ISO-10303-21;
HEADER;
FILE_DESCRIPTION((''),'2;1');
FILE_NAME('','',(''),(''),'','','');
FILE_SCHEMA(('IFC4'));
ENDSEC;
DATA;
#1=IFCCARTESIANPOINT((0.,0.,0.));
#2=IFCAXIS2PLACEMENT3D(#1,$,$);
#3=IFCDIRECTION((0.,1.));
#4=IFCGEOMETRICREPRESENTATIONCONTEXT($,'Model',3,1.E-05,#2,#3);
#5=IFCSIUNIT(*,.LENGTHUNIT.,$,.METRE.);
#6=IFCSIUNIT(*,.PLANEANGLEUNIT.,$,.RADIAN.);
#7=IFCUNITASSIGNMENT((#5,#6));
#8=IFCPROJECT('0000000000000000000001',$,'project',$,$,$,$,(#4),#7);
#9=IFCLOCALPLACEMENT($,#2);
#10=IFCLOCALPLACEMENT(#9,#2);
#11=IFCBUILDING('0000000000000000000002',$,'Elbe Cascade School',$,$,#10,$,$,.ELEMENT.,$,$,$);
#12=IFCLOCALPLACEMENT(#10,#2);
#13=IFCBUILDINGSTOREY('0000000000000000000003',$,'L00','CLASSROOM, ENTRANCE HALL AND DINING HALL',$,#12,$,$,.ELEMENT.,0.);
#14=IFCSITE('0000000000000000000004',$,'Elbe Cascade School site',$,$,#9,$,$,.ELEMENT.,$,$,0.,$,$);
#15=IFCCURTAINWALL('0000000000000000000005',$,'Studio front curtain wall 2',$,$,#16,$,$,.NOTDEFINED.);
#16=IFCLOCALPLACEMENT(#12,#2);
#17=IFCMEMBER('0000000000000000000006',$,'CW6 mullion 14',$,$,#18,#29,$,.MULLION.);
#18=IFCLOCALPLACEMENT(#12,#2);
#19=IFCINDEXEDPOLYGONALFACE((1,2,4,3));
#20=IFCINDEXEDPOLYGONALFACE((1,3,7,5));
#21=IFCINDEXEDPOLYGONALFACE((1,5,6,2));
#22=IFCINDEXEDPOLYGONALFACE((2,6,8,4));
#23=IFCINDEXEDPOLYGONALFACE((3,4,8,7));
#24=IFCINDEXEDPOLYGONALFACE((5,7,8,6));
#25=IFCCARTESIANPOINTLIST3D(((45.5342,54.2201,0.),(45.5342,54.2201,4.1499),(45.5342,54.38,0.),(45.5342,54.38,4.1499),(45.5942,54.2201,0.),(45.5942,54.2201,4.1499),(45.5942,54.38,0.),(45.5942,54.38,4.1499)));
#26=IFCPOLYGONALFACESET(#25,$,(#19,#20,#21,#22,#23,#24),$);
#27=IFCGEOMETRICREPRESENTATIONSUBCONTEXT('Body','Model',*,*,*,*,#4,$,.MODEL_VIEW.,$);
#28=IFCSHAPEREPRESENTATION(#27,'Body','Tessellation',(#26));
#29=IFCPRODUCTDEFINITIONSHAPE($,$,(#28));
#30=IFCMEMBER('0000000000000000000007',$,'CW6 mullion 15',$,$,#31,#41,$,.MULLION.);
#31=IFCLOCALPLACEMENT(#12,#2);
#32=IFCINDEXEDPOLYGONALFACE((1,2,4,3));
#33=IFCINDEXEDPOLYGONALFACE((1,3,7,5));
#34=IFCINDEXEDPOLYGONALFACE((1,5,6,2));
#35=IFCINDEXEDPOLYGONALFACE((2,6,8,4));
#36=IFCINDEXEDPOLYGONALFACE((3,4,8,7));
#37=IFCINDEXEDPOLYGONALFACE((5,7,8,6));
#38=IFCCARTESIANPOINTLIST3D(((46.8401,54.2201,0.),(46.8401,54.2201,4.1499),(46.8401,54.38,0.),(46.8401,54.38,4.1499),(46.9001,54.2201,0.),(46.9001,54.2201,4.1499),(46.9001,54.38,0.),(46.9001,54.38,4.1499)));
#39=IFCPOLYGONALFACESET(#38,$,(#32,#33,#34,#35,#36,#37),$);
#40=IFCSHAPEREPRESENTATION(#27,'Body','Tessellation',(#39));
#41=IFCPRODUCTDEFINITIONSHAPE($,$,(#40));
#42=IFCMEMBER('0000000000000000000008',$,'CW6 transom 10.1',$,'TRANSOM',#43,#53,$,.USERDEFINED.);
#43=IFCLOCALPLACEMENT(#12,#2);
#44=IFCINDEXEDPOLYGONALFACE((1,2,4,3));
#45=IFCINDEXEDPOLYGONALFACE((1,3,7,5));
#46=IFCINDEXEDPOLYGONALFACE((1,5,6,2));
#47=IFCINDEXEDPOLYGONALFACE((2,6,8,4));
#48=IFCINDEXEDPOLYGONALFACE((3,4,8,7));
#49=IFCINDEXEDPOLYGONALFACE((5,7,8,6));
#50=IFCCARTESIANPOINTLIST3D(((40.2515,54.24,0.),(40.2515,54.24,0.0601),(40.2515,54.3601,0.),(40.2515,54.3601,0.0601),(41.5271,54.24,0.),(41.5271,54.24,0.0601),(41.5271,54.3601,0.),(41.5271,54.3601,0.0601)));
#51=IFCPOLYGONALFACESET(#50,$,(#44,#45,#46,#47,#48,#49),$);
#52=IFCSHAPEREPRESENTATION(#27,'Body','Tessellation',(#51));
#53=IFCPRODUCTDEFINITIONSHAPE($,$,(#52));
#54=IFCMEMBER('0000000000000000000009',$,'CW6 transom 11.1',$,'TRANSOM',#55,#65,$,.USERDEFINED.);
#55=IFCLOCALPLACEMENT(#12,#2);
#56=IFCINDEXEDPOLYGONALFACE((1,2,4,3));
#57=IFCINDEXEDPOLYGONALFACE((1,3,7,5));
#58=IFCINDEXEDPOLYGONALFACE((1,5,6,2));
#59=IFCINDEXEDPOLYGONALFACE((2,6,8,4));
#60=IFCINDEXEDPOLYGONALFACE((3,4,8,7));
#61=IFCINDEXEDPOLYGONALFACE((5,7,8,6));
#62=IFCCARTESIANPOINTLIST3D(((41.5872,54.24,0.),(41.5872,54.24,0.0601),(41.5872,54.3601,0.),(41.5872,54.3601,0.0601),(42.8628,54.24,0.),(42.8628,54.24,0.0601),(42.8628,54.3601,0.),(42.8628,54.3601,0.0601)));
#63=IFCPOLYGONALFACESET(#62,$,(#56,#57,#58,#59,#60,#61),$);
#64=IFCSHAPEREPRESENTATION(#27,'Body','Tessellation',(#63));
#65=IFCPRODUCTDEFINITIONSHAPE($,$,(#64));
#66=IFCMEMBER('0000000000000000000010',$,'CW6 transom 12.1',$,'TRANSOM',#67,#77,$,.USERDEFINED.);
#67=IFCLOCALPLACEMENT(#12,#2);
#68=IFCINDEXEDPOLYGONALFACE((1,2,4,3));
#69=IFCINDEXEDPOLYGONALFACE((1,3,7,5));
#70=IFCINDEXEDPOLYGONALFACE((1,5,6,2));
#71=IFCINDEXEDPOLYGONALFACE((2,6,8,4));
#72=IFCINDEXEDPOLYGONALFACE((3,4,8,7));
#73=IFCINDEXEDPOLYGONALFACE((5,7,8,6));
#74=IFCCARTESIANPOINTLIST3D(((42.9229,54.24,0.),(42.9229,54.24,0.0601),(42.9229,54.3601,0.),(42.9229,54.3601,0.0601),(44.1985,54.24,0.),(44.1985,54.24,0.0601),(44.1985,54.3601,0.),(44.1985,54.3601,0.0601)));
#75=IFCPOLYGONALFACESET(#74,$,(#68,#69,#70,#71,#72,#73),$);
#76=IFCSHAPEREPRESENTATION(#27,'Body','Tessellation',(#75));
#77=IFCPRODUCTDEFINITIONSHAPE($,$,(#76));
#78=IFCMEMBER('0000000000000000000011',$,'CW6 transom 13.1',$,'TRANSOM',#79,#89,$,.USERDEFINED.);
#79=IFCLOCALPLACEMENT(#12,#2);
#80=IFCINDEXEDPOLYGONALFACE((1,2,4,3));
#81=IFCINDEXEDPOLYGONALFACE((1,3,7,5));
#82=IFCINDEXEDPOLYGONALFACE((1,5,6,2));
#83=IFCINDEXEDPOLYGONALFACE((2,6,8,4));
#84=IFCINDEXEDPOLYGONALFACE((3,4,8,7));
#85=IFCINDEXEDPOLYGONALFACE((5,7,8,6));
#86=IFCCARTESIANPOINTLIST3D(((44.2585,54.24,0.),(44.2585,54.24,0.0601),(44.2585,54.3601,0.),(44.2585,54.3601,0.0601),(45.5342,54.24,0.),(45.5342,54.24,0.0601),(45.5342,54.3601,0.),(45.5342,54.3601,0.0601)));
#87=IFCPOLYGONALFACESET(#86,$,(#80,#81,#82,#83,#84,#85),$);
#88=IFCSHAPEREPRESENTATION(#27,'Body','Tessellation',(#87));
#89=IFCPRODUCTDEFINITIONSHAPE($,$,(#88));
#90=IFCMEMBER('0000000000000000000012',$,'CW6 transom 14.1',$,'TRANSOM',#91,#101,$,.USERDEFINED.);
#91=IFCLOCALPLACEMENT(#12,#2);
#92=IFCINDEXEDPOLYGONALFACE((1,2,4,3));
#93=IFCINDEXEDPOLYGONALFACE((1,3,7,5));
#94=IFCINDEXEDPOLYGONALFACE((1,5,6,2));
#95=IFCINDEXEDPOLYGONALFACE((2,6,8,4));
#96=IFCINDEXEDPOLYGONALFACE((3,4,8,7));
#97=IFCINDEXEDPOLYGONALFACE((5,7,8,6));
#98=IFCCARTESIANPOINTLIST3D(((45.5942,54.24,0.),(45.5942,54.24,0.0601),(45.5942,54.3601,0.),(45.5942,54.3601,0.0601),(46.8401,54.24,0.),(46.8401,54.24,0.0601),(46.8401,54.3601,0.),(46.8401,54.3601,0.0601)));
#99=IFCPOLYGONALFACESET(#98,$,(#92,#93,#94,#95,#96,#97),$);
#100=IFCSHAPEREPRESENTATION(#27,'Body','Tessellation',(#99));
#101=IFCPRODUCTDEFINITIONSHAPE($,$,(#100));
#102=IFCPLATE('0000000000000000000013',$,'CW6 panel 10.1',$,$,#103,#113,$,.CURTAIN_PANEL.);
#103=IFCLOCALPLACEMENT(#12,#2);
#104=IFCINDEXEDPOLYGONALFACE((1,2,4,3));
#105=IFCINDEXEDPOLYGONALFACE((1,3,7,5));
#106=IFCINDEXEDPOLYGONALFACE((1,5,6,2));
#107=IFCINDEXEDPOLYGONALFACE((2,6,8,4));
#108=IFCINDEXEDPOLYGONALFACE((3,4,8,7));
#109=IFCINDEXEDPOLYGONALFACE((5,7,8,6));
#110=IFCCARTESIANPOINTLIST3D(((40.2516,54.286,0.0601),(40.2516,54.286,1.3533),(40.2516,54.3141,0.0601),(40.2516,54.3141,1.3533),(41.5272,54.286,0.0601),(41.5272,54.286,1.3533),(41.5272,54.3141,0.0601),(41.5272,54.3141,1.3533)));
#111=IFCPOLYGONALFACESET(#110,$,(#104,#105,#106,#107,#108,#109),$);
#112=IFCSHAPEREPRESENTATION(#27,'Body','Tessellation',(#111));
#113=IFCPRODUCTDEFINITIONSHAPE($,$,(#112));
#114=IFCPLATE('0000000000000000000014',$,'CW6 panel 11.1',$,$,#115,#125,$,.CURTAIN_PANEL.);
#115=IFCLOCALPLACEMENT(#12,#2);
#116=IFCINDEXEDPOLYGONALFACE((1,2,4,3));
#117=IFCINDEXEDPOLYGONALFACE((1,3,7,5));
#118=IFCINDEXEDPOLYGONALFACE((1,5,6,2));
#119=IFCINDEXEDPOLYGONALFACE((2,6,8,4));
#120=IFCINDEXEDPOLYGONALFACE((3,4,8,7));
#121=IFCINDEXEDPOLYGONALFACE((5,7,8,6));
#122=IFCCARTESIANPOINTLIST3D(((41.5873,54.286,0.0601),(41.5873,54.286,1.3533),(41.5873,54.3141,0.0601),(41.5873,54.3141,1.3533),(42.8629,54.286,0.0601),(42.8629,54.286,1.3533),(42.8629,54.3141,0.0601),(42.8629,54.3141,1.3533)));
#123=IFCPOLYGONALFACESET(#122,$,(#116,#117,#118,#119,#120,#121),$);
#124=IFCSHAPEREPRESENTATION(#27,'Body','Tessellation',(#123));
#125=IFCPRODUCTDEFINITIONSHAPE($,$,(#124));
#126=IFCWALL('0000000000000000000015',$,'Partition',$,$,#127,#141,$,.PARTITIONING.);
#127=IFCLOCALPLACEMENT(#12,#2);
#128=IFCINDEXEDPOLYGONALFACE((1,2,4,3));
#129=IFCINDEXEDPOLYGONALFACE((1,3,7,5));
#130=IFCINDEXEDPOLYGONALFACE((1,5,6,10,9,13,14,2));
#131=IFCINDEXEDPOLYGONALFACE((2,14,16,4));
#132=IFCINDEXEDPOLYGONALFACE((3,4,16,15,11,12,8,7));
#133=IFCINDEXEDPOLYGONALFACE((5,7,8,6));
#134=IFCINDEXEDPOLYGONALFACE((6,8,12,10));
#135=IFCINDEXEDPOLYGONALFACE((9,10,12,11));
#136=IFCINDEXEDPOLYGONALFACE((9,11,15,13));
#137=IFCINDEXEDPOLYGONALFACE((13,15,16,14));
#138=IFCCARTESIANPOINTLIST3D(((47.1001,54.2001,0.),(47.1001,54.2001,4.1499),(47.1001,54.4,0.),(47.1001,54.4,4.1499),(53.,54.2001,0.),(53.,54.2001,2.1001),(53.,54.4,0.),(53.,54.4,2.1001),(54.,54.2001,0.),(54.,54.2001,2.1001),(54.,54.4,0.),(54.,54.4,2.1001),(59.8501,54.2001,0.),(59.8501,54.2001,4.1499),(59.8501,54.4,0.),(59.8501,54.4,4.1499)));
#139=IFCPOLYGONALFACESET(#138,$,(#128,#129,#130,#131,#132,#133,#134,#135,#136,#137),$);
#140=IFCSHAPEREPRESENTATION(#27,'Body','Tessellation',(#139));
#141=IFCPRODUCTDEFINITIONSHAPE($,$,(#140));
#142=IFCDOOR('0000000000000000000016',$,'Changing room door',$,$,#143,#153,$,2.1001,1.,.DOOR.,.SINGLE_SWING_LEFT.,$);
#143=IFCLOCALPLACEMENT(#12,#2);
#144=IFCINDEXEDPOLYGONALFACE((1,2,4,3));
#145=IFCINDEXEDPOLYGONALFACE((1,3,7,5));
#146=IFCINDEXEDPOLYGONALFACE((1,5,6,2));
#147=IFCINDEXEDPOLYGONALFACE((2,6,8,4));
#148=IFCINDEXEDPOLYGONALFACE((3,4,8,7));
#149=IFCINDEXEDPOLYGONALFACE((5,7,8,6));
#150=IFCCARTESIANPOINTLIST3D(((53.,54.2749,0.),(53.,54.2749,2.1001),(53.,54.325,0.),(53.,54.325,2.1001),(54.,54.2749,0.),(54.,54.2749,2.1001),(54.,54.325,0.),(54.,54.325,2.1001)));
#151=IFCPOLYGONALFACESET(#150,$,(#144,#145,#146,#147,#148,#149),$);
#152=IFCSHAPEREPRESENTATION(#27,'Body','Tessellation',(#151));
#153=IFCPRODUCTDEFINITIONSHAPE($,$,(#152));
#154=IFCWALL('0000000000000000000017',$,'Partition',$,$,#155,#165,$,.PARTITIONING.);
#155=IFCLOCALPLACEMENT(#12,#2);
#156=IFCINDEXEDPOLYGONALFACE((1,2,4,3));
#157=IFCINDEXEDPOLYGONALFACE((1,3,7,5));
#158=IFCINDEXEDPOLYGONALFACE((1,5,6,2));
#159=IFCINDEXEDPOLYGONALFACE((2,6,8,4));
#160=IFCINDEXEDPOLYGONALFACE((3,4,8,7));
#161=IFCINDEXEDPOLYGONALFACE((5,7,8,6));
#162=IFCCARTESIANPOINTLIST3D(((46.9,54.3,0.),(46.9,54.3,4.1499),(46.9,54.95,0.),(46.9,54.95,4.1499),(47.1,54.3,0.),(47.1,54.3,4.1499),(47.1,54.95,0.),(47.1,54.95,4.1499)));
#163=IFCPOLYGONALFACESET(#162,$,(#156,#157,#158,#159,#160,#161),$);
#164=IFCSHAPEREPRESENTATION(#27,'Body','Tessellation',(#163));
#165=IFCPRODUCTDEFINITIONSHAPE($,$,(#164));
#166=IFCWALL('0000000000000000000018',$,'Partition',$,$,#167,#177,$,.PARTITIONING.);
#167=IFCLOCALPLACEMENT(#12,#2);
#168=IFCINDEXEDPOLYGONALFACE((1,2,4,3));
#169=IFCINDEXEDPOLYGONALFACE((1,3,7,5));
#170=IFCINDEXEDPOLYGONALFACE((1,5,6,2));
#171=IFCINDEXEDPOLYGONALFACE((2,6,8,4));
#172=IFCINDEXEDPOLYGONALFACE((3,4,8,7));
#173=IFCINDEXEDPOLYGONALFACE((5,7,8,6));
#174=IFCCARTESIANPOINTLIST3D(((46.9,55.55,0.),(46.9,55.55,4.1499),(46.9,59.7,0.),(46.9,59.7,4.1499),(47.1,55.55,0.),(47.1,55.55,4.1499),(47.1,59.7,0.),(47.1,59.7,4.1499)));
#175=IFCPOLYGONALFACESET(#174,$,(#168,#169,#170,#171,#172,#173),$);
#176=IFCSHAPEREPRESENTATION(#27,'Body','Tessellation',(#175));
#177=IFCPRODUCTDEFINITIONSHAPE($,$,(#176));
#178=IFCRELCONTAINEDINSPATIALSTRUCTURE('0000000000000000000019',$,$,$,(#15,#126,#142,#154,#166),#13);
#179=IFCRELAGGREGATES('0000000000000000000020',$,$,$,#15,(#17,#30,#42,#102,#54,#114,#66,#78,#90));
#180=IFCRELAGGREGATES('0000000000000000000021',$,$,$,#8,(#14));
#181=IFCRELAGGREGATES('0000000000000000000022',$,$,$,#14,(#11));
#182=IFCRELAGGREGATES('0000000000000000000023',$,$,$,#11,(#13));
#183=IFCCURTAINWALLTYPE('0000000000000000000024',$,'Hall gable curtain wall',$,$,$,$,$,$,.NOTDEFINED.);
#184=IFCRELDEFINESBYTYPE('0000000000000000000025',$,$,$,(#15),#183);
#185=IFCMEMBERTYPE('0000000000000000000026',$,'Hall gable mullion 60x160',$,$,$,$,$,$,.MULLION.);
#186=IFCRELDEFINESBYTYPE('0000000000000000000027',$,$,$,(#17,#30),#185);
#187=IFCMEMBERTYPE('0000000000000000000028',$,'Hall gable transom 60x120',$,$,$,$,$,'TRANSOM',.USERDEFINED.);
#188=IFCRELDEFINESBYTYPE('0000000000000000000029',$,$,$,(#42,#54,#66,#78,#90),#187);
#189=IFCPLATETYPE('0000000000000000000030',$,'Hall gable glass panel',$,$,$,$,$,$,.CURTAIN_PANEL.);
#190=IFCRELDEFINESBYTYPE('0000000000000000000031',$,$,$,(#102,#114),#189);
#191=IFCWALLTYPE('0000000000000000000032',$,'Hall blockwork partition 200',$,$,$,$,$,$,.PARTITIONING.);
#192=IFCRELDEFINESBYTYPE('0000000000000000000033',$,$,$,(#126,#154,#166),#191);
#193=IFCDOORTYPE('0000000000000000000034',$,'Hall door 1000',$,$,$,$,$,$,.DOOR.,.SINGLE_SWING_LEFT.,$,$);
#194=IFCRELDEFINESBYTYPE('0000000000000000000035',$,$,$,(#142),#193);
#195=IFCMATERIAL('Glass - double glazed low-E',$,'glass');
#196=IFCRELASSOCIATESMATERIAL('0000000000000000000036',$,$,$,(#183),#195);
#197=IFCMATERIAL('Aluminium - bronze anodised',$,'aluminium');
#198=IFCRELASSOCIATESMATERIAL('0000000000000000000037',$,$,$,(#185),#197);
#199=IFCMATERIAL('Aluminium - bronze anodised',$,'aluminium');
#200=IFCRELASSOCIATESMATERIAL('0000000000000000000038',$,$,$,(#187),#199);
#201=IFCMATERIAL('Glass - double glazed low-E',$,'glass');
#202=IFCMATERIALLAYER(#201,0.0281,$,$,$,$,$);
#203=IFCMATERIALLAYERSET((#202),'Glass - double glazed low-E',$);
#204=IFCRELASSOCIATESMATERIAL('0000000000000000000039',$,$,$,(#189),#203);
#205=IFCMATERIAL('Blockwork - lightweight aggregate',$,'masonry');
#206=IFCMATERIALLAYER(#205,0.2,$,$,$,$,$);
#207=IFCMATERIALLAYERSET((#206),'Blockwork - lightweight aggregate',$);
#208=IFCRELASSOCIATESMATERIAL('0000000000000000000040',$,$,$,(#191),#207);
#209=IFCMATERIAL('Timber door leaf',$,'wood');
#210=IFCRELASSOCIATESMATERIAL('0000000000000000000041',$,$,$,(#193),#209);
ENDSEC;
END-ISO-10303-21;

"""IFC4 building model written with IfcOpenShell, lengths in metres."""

from ifc_helpers import new_model, si_unit, direction, frame, frame_2d, origin, origin_2d, place, context, subcontext, project, spatial, rectangle, extrude, material, layer, layer_set, material_profile, profile_set, type_object, element, fill, aggregate, save


model = new_model("IFC4")

# Units and contexts
model_context = context("Model", 3, precision=1e-05, world=origin(), true_north=direction((0.0, 1.0)))
body_context = subcontext(model_context, "Body", "Model", "MODEL_VIEW")
ifc_project = project(units=[si_unit("LENGTHUNIT", "METRE"), si_unit("PLANEANGLEUNIT", "RADIAN")], contexts=[model_context])

# Site, building, storey
site_placement = place(None, origin())
site = spatial("IfcSite", under=ifc_project, at=site_placement, Name="Elbe Cascade School site", CompositionType="ELEMENT", RefElevation=0.0)
building_placement = place(site_placement, origin())
building = spatial("IfcBuilding", under=site, at=building_placement, Name="Elbe Cascade School", CompositionType="ELEMENT")
storey_placement = place(building_placement, origin())
storey = spatial("IfcBuildingStorey", under=building, at=storey_placement, Name="L00", Description="CLASSROOM, ENTRANCE HALL AND DINING HALL", CompositionType="ELEMENT", Elevation=0.0)

# Curtain wall, members, plates
ifc_material_1 = material(Name="Glass - double glazed low-E", Category="glass")
curtain_wall_type = type_object("IfcCurtainWallType", Name="Hall gable curtain wall", PredefinedType="NOTDEFINED", material=ifc_material_1)
curtain_wall_placement = place(storey_placement, origin())
curtain_wall = element("IfcCurtainWall", 1, at=curtain_wall_placement, inside=storey, type_object=curtain_wall_type, Name="Studio front curtain wall 2", PredefinedType="NOTDEFINED")
ifc_material_2 = material(Name="Aluminium - bronze anodised", Category="aluminium")
ifc_material_profile_1 = material_profile(ifc_material_2, rectangle(XDim=0.1599, YDim=0.0601, at=origin_2d()), Name="Alu 60x160")
ifc_profile_set_1 = profile_set([ifc_material_profile_1], Name="Aluminium - bronze anodised")
member_type_1 = type_object("IfcMemberType", Name="Hall gable mullion 60x160", PredefinedType="MULLION", material=ifc_profile_set_1)
member_1_placement = place(storey_placement, frame((45.5642, 54.3, 0.0), z_axis=(0.0, 0.0, 1.0), x_axis=(0.0, 1.0, 0.0)))
member_1 = element("IfcMember", 2, at=member_1_placement, type_object=member_type_1, Name="CW6 mullion 14", PredefinedType="MULLION", context=body_context, shape_type="SweptSolid", body=[
    extrude(rectangle(XDim=0.1599, YDim=0.0601, at=origin_2d()), origin(), (0.0, 0.0, 1.0), 4.1499),
])
member_2_placement = place(storey_placement, frame((46.8701, 54.3, 0.0), z_axis=(0.0, 0.0, 1.0), x_axis=(0.0, 1.0, 0.0)))
member_2 = element("IfcMember", 3, at=member_2_placement, type_object=member_type_1, Name="CW6 mullion 15", PredefinedType="MULLION", context=body_context, shape_type="SweptSolid", body=[
    extrude(rectangle(XDim=0.1599, YDim=0.0601, at=origin_2d()), origin(), (0.0, 0.0, 1.0), 4.1499),
])
ifc_material_3 = material(Name="Aluminium - bronze anodised", Category="aluminium")
ifc_material_profile_2 = material_profile(ifc_material_3, rectangle(XDim=0.1201, YDim=0.0601, at=origin_2d()), Name="Alu 60x120")
ifc_profile_set_2 = profile_set([ifc_material_profile_2], Name="Aluminium - bronze anodised")
member_type_2 = type_object("IfcMemberType", Name="Hall gable transom 60x120", ElementType="TRANSOM", PredefinedType="USERDEFINED", material=ifc_profile_set_2)
member_3_placement = place(storey_placement, frame((40.2515, 54.3, 0.03), z_axis=(1.0, 0.0, 0.0), x_axis=(0.0, 1.0, 0.0)))
member_3 = element("IfcMember", 4, at=member_3_placement, type_object=member_type_2, Name="CW6 transom 10.1", ObjectType="TRANSOM", PredefinedType="USERDEFINED", context=body_context, shape_type="SweptSolid", body=[
    extrude(rectangle(XDim=0.1201, YDim=0.0601, at=origin_2d()), origin(), (0.0, 0.0, 1.0), 1.2756),
])
member_4_placement = place(storey_placement, frame((41.5872, 54.3, 0.03), z_axis=(1.0, 0.0, 0.0), x_axis=(0.0, 1.0, 0.0)))
member_4 = element("IfcMember", 5, at=member_4_placement, type_object=member_type_2, Name="CW6 transom 11.1", ObjectType="TRANSOM", PredefinedType="USERDEFINED", context=body_context, shape_type="SweptSolid", body=[
    extrude(rectangle(XDim=0.1201, YDim=0.0601, at=origin_2d()), origin(), (0.0, 0.0, 1.0), 1.2756),
])
member_5_placement = place(storey_placement, frame((42.9229, 54.3, 0.03), z_axis=(1.0, 0.0, 0.0), x_axis=(0.0, 1.0, 0.0)))
member_5 = element("IfcMember", 6, at=member_5_placement, type_object=member_type_2, Name="CW6 transom 12.1", ObjectType="TRANSOM", PredefinedType="USERDEFINED", context=body_context, shape_type="SweptSolid", body=[
    extrude(rectangle(XDim=0.1201, YDim=0.0601, at=origin_2d()), origin(), (0.0, 0.0, 1.0), 1.2756),
])
member_6_placement = place(storey_placement, frame((44.2585, 54.3, 0.03), z_axis=(1.0, 0.0, 0.0), x_axis=(0.0, 1.0, 0.0)))
member_6 = element("IfcMember", 7, at=member_6_placement, type_object=member_type_2, Name="CW6 transom 13.1", ObjectType="TRANSOM", PredefinedType="USERDEFINED", context=body_context, shape_type="SweptSolid", body=[
    extrude(rectangle(XDim=0.1201, YDim=0.0601, at=origin_2d()), origin(), (0.0, 0.0, 1.0), 1.2756),
])
member_7_placement = place(storey_placement, frame((45.5942, 54.3, 0.03), z_axis=(1.0, 0.0, 0.0), x_axis=(0.0, 1.0, 0.0)))
member_7 = element("IfcMember", 8, at=member_7_placement, type_object=member_type_2, Name="CW6 transom 14.1", ObjectType="TRANSOM", PredefinedType="USERDEFINED", context=body_context, shape_type="SweptSolid", body=[
    extrude(rectangle(XDim=0.1201, YDim=0.0601, at=origin_2d()), origin(), (0.0, 0.0, 1.0), 1.2458),
])
ifc_material_4 = material(Name="Glass - double glazed low-E", Category="glass")
ifc_layer_1 = layer(ifc_material_4, 0.0281)
ifc_layer_set_1 = layer_set([ifc_layer_1], Name="Glass - double glazed low-E")
plate_type = type_object("IfcPlateType", Name="Hall gable glass panel", PredefinedType="CURTAIN_PANEL", material=ifc_layer_set_1)
plate_1_placement = place(storey_placement, frame((40.8894, 54.3, 0.0601), z_axis=(0.0, 0.0, 1.0), x_axis=(1.0, 0.0, 0.0)))
plate_1 = element("IfcPlate", 9, at=plate_1_placement, type_object=plate_type, Name="CW6 panel 10.1", PredefinedType="CURTAIN_PANEL", context=body_context, shape_type="SweptSolid", body=[
    extrude(rectangle(XDim=1.2756, YDim=0.0281, at=origin_2d()), origin(), (0.0, 0.0, 1.0), 1.2932),
])
plate_2_placement = place(storey_placement, frame((42.2251, 54.3, 0.0601), z_axis=(0.0, 0.0, 1.0), x_axis=(1.0, 0.0, 0.0)))
plate_2 = element("IfcPlate", 10, at=plate_2_placement, type_object=plate_type, Name="CW6 panel 11.1", PredefinedType="CURTAIN_PANEL", context=body_context, shape_type="SweptSolid", body=[
    extrude(rectangle(XDim=1.2756, YDim=0.0281, at=origin_2d()), origin(), (0.0, 0.0, 1.0), 1.2932),
])
aggregate(curtain_wall, [member_1, member_2, member_3, plate_1, member_4, plate_2, member_5, member_6, member_7])

# Wall, opening, door
ifc_material_5 = material(Name="Blockwork - lightweight aggregate", Category="masonry")
ifc_layer_2 = layer(ifc_material_5, 0.2)
ifc_layer_set_2 = layer_set([ifc_layer_2], Name="Blockwork - lightweight aggregate")
wall_type = type_object("IfcWallType", Name="Hall blockwork partition 200", PredefinedType="PARTITIONING", material=ifc_layer_set_2)
wall_1_placement = place(storey_placement, frame((47.1001, 54.3, 0.0), z_axis=(0.0, 0.0, 1.0), x_axis=(1.0, 0.0, 0.0)))
wall_1 = element("IfcWall", 11, at=wall_1_placement, inside=storey, type_object=wall_type, Name="Partition", PredefinedType="PARTITIONING", context=body_context, shape_type="SweptSolid", body=[
    extrude(rectangle(XDim=12.75, YDim=0.2, at=frame_2d((6.375, 0.0))), origin(), (0.0, 0.0, 1.0), 4.1499),
])
opening_placement = place(wall_1_placement, frame((5.8999, 0.0, 0.0)))
opening = element("IfcOpeningElement", 12, at=opening_placement, cuts=wall_1, PredefinedType="OPENING", context=body_context, shape_type="SweptSolid", body=[
    extrude(rectangle(XDim=1.0, YDim=2.1001, at=frame_2d((0.5, 1.05))), frame((0.0, 0.1099, 0.0), z_axis=(0.0, -1.0, 0.0), x_axis=(1.0, 0.0, 0.0)), (0.0, 0.0, 1.0), 0.22),
])
ifc_material_6 = material(Name="Timber door leaf", Category="wood")
door_type = type_object("IfcDoorType", Name="Hall door 1000", OperationType="SINGLE_SWING_LEFT", PredefinedType="DOOR", material=ifc_material_6)
door_placement = place(opening_placement, origin())
door = element("IfcDoor", 13, at=door_placement, inside=storey, type_object=door_type, Name="Changing room door", OperationType="SINGLE_SWING_LEFT", OverallHeight=2.1001, OverallWidth=1.0, PredefinedType="DOOR", context=body_context, shape_type="SweptSolid", body=[
    extrude(rectangle(XDim=1.0, YDim=2.1001, at=frame_2d((0.5, 1.05))), frame((0.0, 0.0249, 0.0), z_axis=(0.0, -1.0, 0.0), x_axis=(1.0, 0.0, 0.0)), (0.0, 0.0, 1.0), 0.05),
])
fill(opening, door)

# Walls
wall_2_placement = place(storey_placement, frame((47.0, 54.3, 0.0), z_axis=(0.0, 0.0, 1.0), x_axis=(0.0, 1.0, 0.0)))
element("IfcWall", 14, at=wall_2_placement, inside=storey, type_object=wall_type, Name="Partition", PredefinedType="PARTITIONING", context=body_context, shape_type="SweptSolid", body=[
    extrude(rectangle(XDim=0.6499, YDim=0.2, at=frame_2d((0.325, 0.0))), origin(), (0.0, 0.0, 1.0), 4.1499),
])
wall_3_placement = place(storey_placement, frame((47.0, 55.55, 0.0), z_axis=(0.0, 0.0, 1.0), x_axis=(0.0, 1.0, 0.0)))
element("IfcWall", 15, at=wall_3_placement, inside=storey, type_object=wall_type, Name="Partition", PredefinedType="PARTITIONING", context=body_context, shape_type="SweptSolid", body=[
    extrude(rectangle(XDim=4.1499, YDim=0.2, at=frame_2d((2.075, 0.0))), origin(), (0.0, 0.0, 1.0), 4.1499),
])

save(model, "model.ifc")
